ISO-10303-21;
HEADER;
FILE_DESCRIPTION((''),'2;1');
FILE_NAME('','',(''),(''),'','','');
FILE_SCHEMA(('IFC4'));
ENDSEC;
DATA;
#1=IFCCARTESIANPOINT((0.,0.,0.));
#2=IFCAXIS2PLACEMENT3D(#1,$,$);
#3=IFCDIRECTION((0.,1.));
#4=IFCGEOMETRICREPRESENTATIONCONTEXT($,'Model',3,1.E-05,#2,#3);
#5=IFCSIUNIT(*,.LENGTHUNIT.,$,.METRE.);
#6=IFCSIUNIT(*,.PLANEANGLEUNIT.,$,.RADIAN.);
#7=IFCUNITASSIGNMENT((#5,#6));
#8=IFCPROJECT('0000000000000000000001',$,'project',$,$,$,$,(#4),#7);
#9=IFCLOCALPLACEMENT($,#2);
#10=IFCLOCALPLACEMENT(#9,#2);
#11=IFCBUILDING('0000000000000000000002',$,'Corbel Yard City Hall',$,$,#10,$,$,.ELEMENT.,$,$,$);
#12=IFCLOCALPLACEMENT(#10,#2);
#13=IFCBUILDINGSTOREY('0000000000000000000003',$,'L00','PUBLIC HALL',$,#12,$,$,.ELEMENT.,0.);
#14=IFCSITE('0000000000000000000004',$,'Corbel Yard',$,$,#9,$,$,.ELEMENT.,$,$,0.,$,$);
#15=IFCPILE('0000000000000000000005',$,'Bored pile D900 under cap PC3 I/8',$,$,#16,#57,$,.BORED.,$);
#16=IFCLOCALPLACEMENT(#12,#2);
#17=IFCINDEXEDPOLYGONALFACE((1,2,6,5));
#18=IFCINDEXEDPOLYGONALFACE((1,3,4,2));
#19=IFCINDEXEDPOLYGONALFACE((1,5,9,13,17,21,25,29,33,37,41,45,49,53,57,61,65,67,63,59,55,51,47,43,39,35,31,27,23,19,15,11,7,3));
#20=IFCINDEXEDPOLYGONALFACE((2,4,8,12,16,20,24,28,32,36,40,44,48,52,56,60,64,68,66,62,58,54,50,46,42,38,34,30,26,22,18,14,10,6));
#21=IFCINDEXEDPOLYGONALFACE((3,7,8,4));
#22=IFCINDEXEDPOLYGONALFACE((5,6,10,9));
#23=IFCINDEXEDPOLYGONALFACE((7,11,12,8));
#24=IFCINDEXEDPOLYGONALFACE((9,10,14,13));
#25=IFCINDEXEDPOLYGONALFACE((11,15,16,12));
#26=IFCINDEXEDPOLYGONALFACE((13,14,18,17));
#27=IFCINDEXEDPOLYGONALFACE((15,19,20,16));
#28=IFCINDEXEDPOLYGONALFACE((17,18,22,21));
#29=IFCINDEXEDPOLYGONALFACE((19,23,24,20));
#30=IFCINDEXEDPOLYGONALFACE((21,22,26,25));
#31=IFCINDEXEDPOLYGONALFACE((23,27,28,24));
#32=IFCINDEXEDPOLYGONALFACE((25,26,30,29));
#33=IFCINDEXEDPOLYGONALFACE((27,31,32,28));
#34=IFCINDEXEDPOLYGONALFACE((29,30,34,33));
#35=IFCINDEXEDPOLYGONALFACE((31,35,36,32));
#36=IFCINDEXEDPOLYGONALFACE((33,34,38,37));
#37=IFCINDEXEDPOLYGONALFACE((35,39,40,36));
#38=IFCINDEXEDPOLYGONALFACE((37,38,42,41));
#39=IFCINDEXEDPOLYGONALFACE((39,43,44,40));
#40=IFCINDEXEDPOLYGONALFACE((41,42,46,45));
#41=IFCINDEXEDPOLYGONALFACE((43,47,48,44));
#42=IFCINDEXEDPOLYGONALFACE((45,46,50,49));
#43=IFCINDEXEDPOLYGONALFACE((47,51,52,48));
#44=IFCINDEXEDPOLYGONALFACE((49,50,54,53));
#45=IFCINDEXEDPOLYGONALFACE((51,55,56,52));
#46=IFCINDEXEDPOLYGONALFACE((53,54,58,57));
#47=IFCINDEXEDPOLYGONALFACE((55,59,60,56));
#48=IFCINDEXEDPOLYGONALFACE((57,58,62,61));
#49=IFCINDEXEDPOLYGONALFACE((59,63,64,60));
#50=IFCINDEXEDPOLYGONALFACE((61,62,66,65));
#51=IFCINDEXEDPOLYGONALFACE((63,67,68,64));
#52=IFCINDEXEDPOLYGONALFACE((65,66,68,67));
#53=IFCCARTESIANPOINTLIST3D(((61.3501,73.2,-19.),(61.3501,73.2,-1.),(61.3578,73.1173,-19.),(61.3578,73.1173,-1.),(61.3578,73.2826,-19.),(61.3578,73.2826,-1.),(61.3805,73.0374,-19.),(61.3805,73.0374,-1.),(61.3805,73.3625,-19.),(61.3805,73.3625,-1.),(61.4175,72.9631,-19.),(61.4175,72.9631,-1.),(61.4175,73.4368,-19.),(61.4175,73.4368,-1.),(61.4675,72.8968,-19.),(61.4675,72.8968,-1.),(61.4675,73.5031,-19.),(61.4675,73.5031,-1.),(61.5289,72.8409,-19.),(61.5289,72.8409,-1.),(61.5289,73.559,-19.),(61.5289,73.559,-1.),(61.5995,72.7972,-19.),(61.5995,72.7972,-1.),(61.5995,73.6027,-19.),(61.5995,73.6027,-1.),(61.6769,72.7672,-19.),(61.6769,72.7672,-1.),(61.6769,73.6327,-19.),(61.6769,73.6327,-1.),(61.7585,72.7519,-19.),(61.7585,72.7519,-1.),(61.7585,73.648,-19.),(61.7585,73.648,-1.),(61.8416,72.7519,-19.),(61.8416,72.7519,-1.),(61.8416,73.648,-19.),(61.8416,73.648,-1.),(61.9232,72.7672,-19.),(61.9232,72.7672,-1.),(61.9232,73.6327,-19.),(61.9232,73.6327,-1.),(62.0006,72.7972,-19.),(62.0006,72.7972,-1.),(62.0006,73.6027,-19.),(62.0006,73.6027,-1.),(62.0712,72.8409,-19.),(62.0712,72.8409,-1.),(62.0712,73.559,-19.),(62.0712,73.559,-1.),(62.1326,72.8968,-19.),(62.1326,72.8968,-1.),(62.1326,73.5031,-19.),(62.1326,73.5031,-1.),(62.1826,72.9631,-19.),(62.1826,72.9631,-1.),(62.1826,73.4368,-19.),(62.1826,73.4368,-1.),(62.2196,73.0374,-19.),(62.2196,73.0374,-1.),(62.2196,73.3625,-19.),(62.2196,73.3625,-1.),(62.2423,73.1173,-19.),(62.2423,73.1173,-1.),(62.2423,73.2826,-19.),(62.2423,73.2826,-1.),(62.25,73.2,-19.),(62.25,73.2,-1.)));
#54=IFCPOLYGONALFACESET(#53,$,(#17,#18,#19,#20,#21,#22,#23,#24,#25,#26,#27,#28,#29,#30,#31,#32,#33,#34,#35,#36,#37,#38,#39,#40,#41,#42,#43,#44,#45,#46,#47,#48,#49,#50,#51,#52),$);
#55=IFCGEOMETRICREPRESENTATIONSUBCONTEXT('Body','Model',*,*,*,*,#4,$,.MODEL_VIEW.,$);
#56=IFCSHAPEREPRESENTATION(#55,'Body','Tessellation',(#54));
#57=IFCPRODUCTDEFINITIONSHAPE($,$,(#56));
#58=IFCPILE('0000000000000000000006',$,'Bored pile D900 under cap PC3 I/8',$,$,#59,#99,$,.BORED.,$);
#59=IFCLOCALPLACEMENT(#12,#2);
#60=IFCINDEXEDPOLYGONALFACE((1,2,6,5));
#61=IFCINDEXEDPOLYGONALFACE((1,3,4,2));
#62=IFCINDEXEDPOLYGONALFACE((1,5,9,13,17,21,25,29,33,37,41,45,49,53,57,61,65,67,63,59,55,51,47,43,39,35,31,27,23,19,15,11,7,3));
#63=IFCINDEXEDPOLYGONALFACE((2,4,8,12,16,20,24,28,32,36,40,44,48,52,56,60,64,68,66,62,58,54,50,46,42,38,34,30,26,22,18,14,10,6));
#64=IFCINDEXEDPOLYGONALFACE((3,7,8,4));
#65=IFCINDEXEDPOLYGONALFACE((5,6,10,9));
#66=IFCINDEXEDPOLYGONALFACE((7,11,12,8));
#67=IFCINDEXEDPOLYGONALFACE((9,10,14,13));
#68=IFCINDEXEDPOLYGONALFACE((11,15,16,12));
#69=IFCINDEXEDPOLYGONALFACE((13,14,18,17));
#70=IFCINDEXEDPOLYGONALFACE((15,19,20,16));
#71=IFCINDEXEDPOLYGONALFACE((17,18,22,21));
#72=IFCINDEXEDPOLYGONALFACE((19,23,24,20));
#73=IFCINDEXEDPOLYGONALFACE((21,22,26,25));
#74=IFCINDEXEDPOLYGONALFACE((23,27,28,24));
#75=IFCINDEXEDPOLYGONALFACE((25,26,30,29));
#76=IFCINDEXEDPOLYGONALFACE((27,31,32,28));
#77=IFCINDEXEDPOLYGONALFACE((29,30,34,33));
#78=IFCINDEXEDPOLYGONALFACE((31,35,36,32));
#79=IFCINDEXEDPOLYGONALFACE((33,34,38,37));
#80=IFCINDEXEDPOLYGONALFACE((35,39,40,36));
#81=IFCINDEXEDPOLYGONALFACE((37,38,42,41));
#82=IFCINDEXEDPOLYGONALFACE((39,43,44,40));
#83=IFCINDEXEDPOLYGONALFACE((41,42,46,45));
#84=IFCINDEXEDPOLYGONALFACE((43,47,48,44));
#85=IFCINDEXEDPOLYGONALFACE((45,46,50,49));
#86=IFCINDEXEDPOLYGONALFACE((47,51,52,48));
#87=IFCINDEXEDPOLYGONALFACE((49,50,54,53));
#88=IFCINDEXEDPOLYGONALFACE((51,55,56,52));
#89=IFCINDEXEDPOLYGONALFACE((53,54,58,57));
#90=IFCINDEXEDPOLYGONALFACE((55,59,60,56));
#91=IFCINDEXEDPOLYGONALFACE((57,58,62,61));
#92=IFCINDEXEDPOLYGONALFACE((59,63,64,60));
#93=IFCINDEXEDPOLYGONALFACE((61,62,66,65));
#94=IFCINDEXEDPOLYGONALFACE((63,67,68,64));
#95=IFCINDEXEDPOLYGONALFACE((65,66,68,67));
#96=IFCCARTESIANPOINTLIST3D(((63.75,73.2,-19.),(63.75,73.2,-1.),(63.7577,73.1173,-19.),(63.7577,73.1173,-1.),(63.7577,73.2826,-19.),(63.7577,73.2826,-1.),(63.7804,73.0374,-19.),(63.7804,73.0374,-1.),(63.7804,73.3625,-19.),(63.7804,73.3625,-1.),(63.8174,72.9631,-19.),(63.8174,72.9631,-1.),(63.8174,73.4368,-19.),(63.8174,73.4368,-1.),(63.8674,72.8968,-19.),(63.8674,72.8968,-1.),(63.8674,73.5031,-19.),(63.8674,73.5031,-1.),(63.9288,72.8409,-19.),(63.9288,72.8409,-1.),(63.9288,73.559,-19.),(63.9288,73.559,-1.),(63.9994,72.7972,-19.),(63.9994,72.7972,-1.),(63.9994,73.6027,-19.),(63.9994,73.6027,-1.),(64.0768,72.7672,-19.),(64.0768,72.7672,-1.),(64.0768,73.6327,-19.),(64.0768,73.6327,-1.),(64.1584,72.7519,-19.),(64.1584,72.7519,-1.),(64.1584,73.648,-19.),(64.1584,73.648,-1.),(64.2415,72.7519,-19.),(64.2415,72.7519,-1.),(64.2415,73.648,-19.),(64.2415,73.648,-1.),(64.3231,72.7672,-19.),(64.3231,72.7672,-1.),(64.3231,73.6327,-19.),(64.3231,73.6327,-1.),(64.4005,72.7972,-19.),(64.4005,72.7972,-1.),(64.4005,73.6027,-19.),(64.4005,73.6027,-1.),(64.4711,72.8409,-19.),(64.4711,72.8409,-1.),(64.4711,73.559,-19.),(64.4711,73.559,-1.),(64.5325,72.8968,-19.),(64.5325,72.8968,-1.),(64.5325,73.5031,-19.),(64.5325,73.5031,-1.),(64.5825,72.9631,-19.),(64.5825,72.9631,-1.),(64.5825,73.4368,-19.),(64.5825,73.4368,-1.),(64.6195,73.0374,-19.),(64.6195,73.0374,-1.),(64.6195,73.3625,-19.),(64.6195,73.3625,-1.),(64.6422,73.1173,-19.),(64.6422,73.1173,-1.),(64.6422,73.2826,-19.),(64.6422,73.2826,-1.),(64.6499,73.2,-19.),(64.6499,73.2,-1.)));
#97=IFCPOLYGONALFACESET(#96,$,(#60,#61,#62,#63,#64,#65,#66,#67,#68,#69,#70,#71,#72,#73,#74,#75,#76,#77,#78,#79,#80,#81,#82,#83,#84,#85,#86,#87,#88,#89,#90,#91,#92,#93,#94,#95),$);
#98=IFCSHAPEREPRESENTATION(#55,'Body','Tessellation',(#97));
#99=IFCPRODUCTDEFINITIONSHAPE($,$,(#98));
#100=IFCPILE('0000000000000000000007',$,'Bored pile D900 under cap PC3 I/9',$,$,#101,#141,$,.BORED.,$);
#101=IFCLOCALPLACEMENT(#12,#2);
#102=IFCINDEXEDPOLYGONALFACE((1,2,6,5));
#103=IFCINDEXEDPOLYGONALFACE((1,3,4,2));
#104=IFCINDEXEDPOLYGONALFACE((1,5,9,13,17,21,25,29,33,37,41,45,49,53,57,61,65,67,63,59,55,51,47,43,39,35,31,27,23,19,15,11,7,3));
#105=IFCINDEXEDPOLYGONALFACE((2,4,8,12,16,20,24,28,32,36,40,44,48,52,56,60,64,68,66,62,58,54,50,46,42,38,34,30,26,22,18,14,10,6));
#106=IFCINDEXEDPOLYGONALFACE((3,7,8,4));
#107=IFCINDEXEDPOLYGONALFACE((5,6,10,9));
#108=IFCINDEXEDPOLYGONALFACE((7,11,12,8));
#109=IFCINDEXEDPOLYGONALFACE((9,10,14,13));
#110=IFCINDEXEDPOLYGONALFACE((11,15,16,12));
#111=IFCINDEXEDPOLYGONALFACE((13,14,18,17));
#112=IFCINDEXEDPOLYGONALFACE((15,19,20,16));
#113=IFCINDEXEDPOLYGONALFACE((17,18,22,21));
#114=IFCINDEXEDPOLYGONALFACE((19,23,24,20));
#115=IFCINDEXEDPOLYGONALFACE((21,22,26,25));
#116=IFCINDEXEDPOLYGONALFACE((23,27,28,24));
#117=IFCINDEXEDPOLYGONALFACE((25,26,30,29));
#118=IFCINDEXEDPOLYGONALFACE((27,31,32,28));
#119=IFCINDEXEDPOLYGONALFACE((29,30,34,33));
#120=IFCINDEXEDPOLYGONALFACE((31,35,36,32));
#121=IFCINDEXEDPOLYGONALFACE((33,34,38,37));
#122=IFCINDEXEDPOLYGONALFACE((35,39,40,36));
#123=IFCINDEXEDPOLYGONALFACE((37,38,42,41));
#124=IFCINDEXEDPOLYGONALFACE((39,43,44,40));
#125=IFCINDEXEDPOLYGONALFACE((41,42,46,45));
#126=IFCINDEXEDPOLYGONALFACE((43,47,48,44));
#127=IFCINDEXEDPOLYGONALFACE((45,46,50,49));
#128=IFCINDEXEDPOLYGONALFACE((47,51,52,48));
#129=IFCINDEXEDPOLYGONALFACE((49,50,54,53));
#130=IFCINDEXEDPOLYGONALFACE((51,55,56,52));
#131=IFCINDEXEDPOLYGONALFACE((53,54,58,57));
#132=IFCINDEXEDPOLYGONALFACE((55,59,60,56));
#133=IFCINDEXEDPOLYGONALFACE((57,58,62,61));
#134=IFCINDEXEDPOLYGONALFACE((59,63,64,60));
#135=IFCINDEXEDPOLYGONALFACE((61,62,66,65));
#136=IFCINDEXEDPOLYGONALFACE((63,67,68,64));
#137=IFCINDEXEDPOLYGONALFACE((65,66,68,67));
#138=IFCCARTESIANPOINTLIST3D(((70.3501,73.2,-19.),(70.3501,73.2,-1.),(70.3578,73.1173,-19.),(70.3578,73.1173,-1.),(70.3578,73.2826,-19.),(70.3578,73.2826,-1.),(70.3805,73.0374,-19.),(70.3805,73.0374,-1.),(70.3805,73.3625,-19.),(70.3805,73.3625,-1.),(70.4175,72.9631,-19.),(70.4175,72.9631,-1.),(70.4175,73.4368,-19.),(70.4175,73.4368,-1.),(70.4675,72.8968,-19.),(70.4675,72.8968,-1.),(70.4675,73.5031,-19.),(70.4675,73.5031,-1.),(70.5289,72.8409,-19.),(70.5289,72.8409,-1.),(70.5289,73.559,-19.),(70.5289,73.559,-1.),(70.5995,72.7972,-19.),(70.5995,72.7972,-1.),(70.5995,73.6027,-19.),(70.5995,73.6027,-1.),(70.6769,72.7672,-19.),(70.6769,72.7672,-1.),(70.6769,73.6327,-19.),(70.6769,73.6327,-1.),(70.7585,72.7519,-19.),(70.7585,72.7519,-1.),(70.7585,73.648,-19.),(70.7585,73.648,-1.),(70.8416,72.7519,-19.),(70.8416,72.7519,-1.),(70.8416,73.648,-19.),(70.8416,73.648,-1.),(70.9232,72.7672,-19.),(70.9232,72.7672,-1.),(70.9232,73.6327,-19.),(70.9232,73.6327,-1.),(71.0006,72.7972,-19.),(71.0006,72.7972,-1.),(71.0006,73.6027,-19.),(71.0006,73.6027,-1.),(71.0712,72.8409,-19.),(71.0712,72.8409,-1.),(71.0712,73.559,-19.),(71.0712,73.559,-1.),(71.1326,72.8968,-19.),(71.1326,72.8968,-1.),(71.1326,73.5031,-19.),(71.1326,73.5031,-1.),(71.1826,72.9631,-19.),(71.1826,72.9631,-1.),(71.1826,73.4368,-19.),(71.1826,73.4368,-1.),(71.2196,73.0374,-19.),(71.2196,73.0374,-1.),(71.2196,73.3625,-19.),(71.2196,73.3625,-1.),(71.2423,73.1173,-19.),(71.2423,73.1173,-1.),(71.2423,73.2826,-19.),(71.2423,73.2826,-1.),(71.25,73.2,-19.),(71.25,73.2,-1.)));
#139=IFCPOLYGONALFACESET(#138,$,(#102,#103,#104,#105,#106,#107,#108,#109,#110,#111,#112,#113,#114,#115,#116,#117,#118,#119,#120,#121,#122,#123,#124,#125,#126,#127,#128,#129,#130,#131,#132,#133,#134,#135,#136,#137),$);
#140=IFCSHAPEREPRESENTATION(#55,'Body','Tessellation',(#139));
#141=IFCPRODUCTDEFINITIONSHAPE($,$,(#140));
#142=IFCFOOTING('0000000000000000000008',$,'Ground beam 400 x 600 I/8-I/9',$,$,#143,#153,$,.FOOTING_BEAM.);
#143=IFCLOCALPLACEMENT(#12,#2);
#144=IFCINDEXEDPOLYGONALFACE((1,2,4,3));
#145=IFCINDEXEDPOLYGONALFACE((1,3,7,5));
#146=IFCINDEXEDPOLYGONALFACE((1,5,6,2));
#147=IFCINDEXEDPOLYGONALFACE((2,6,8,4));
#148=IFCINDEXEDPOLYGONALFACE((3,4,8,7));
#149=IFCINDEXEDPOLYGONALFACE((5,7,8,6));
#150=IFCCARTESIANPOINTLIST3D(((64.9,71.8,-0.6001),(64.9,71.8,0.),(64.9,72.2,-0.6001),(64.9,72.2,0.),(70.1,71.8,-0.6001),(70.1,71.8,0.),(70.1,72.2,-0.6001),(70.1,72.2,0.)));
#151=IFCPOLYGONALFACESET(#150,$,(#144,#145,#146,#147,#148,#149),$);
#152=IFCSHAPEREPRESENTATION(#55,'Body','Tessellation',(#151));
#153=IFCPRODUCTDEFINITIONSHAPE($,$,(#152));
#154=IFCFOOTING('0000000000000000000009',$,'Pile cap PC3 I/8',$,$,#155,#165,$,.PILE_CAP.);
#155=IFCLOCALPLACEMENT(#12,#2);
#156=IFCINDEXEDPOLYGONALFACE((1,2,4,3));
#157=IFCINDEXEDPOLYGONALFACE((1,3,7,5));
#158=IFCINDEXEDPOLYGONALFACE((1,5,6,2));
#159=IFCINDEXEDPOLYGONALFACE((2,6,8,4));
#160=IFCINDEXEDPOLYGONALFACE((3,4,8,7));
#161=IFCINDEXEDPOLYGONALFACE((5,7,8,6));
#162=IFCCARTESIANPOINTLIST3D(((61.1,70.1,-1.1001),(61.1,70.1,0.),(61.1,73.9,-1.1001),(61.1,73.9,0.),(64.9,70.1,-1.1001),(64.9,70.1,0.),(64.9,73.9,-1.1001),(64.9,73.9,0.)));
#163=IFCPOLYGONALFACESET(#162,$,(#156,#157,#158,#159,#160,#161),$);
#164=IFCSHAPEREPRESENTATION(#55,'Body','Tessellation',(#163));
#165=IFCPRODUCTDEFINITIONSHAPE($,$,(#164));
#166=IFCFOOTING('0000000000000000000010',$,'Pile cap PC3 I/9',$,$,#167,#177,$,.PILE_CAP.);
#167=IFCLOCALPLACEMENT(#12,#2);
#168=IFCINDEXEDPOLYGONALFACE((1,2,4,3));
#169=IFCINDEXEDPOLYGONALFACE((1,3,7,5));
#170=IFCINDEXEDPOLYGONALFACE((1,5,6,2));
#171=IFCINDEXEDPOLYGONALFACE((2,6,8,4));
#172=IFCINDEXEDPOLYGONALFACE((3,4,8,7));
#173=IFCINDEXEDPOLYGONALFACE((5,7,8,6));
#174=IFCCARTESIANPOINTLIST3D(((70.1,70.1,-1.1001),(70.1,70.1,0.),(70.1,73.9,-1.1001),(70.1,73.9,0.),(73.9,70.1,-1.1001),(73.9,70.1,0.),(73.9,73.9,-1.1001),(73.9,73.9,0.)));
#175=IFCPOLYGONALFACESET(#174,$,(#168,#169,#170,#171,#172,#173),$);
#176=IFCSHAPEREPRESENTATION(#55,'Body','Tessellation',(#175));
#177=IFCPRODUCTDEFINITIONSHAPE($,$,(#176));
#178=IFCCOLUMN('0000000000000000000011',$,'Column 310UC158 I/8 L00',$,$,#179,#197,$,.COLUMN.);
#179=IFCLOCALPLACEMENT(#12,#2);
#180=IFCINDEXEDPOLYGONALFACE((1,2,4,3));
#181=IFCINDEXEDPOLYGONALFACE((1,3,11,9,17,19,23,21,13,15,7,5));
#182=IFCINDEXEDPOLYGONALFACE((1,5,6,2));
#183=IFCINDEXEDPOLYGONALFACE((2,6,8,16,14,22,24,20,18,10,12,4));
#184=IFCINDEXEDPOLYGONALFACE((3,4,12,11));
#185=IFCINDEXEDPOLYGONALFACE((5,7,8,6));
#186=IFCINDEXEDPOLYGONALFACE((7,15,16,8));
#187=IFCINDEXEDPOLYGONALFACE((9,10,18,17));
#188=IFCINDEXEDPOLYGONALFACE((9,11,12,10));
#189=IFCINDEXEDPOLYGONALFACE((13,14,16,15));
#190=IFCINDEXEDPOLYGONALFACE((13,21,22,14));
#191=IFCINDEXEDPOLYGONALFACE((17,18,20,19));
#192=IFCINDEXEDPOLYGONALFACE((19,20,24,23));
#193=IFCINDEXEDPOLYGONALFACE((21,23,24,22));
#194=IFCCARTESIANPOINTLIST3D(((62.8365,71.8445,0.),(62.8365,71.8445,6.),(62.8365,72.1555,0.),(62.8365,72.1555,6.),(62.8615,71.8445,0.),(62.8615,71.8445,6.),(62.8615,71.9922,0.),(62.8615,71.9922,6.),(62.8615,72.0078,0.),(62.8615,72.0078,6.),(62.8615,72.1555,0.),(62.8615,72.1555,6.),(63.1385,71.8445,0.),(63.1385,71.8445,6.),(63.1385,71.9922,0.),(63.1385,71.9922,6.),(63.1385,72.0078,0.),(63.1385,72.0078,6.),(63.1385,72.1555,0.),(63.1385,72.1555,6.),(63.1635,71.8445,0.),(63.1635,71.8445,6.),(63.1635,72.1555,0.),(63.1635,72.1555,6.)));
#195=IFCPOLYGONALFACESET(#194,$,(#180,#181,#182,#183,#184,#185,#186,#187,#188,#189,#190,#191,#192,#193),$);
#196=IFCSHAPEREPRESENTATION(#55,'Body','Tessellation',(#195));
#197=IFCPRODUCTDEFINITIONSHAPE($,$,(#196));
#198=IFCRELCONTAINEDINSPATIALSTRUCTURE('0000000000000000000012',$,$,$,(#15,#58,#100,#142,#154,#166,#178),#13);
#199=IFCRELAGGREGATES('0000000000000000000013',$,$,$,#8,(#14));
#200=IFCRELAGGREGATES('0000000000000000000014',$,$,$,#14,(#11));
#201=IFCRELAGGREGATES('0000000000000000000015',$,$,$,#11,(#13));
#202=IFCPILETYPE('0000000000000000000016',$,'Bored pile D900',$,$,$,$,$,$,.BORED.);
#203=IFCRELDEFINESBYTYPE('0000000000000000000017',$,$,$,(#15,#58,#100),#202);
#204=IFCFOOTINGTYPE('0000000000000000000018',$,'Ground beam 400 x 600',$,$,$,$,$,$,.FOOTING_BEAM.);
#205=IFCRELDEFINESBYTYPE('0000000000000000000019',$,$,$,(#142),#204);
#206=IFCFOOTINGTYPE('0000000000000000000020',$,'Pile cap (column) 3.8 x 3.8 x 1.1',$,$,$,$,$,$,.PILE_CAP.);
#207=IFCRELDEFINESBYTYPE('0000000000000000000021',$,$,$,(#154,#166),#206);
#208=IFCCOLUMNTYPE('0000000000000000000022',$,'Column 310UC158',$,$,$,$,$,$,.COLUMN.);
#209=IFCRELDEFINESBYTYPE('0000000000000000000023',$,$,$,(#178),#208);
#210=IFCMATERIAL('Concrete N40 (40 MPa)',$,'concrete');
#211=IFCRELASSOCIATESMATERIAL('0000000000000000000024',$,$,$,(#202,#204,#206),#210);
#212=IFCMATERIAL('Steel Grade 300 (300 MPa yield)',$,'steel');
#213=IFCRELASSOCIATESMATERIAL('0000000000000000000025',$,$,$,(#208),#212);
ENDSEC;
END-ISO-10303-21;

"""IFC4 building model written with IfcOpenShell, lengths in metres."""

from ifc_helpers import new_model, si_unit, direction, frame, origin, origin_2d, place, context, subcontext, project, spatial, rectangle, circle, i_section, extrude, material, material_profile, profile_set, type_object, element, save


model = new_model("IFC4")

# Units and contexts
model_context = context("Model", 3, precision=1e-05, world=origin(), true_north=direction((0.0, 1.0)))
body_context = subcontext(model_context, "Body", "Model", "MODEL_VIEW")
ifc_project = project(units=[si_unit("LENGTHUNIT", "METRE"), si_unit("PLANEANGLEUNIT", "RADIAN")], contexts=[model_context])

# Site, building, storey
site_placement = place(None, origin())
site = spatial("IfcSite", under=ifc_project, at=site_placement, Name="Corbel Yard", CompositionType="ELEMENT", RefElevation=0.0)
building_placement = place(site_placement, origin())
building = spatial("IfcBuilding", under=site, at=building_placement, Name="Corbel Yard City Hall", CompositionType="ELEMENT")
storey_placement = place(building_placement, origin())
storey = spatial("IfcBuildingStorey", under=building, at=storey_placement, Name="L00", Description="PUBLIC HALL", CompositionType="ELEMENT", Elevation=0.0)

# Piles
ifc_material_1 = material(Name="Concrete N40 (40 MPa)", Category="concrete")
ifc_material_profile_1 = material_profile(ifc_material_1, circle(Radius=0.45, at=origin_2d()), Name="D900")
ifc_profile_set_1 = profile_set([ifc_material_profile_1], Name="Concrete N40 (40 MPa)")
pile_type = type_object("IfcPileType", Name="Bored pile D900", PredefinedType="BORED", material=ifc_profile_set_1)
for number, where, z_axis, x_axis, name in (
    (1, (61.8, 73.2, -1.0), (0.0, 0.0, -1.0), (1.0, 0.0, 0.0), "Bored pile D900 under cap PC3 I/8"),
    (2, (64.2, 73.2, -1.0), (0.0, 0.0, -1.0), (1.0, 0.0, 0.0), "Bored pile D900 under cap PC3 I/8"),
    (3, (70.8, 73.2, -1.0), (0.0, 0.0, -1.0), (1.0, 0.0, 0.0), "Bored pile D900 under cap PC3 I/9"),
):
    element("IfcPile", number, at=place(storey_placement, frame(where, z_axis=z_axis, x_axis=x_axis)), inside=storey, type_object=pile_type, Name=name, PredefinedType="BORED", context=body_context, shape_type="SweptSolid", body=[
        extrude(circle(Radius=0.45, at=origin_2d()), origin(), (0.0, 0.0, 1.0), 18.0),
    ])

# Footings
footing_type_1 = type_object("IfcFootingType", Name="Ground beam 400 x 600", PredefinedType="FOOTING_BEAM", material=ifc_material_1)
footing_placement = place(storey_placement, frame((67.5, 72.0, -0.6001), z_axis=(0.0, 0.0, 1.0), x_axis=(1.0, 0.0, 0.0)))
element("IfcFooting", 4, at=footing_placement, inside=storey, type_object=footing_type_1, Name="Ground beam 400 x 600 I/8-I/9", PredefinedType="FOOTING_BEAM", context=body_context, shape_type="SweptSolid", body=[
    extrude(rectangle(XDim=5.2, YDim=0.3999, at=origin_2d()), origin(), (0.0, 0.0, 1.0), 0.6001),
])
footing_type_2 = type_object("IfcFootingType", Name="Pile cap (column) 3.8 x 3.8 x 1.1", PredefinedType="PILE_CAP", material=ifc_material_1)
for number, where, z_axis, x_axis, name in (
    (5, (63.0, 72.0, -1.1001), (0.0, 0.0, 1.0), (1.0, 0.0, 0.0), "Pile cap PC3 I/8"),
    (6, (72.0, 72.0, -1.1001), (0.0, 0.0, 1.0), (1.0, 0.0, 0.0), "Pile cap PC3 I/9"),
):
    element("IfcFooting", number, at=place(storey_placement, frame(where, z_axis=z_axis, x_axis=x_axis)), inside=storey, type_object=footing_type_2, Name=name, PredefinedType="PILE_CAP", context=body_context, shape_type="SweptSolid", body=[
        extrude(rectangle(XDim=3.8, YDim=3.8, at=origin_2d()), origin(), (0.0, 0.0, 1.0), 1.1001),
    ])

# Column
ifc_material_2 = material(Name="Steel Grade 300 (300 MPa yield)", Category="steel")
ifc_material_profile_2 = material_profile(ifc_material_2, i_section(OverallWidth=0.311, OverallDepth=0.3269, WebThickness=0.0156, FlangeThickness=0.0249, at=origin_2d()), Name="310UC158")
ifc_profile_set_2 = profile_set([ifc_material_profile_2], Name="Steel Grade 300 (300 MPa yield)")
column_type = type_object("IfcColumnType", Name="Column 310UC158", PredefinedType="COLUMN", material=ifc_profile_set_2)
for number, where, z_axis, x_axis, name in (
    (7, (63.0, 72.0, 0.0), (0.0, 0.0, 1.0), (0.0, 1.0, 0.0), "Column 310UC158 I/8 L00"),
):
    element("IfcColumn", number, at=place(storey_placement, frame(where, z_axis=z_axis, x_axis=x_axis)), inside=storey, type_object=column_type, Name=name, PredefinedType="COLUMN", context=body_context, shape_type="SweptSolid", body=[
        extrude(i_section(OverallWidth=0.311, OverallDepth=0.3269, WebThickness=0.0156, FlangeThickness=0.0249, at=origin_2d()), origin(), (0.0, 0.0, 1.0), 6.0),
    ])

save(model, "model.ifc")
